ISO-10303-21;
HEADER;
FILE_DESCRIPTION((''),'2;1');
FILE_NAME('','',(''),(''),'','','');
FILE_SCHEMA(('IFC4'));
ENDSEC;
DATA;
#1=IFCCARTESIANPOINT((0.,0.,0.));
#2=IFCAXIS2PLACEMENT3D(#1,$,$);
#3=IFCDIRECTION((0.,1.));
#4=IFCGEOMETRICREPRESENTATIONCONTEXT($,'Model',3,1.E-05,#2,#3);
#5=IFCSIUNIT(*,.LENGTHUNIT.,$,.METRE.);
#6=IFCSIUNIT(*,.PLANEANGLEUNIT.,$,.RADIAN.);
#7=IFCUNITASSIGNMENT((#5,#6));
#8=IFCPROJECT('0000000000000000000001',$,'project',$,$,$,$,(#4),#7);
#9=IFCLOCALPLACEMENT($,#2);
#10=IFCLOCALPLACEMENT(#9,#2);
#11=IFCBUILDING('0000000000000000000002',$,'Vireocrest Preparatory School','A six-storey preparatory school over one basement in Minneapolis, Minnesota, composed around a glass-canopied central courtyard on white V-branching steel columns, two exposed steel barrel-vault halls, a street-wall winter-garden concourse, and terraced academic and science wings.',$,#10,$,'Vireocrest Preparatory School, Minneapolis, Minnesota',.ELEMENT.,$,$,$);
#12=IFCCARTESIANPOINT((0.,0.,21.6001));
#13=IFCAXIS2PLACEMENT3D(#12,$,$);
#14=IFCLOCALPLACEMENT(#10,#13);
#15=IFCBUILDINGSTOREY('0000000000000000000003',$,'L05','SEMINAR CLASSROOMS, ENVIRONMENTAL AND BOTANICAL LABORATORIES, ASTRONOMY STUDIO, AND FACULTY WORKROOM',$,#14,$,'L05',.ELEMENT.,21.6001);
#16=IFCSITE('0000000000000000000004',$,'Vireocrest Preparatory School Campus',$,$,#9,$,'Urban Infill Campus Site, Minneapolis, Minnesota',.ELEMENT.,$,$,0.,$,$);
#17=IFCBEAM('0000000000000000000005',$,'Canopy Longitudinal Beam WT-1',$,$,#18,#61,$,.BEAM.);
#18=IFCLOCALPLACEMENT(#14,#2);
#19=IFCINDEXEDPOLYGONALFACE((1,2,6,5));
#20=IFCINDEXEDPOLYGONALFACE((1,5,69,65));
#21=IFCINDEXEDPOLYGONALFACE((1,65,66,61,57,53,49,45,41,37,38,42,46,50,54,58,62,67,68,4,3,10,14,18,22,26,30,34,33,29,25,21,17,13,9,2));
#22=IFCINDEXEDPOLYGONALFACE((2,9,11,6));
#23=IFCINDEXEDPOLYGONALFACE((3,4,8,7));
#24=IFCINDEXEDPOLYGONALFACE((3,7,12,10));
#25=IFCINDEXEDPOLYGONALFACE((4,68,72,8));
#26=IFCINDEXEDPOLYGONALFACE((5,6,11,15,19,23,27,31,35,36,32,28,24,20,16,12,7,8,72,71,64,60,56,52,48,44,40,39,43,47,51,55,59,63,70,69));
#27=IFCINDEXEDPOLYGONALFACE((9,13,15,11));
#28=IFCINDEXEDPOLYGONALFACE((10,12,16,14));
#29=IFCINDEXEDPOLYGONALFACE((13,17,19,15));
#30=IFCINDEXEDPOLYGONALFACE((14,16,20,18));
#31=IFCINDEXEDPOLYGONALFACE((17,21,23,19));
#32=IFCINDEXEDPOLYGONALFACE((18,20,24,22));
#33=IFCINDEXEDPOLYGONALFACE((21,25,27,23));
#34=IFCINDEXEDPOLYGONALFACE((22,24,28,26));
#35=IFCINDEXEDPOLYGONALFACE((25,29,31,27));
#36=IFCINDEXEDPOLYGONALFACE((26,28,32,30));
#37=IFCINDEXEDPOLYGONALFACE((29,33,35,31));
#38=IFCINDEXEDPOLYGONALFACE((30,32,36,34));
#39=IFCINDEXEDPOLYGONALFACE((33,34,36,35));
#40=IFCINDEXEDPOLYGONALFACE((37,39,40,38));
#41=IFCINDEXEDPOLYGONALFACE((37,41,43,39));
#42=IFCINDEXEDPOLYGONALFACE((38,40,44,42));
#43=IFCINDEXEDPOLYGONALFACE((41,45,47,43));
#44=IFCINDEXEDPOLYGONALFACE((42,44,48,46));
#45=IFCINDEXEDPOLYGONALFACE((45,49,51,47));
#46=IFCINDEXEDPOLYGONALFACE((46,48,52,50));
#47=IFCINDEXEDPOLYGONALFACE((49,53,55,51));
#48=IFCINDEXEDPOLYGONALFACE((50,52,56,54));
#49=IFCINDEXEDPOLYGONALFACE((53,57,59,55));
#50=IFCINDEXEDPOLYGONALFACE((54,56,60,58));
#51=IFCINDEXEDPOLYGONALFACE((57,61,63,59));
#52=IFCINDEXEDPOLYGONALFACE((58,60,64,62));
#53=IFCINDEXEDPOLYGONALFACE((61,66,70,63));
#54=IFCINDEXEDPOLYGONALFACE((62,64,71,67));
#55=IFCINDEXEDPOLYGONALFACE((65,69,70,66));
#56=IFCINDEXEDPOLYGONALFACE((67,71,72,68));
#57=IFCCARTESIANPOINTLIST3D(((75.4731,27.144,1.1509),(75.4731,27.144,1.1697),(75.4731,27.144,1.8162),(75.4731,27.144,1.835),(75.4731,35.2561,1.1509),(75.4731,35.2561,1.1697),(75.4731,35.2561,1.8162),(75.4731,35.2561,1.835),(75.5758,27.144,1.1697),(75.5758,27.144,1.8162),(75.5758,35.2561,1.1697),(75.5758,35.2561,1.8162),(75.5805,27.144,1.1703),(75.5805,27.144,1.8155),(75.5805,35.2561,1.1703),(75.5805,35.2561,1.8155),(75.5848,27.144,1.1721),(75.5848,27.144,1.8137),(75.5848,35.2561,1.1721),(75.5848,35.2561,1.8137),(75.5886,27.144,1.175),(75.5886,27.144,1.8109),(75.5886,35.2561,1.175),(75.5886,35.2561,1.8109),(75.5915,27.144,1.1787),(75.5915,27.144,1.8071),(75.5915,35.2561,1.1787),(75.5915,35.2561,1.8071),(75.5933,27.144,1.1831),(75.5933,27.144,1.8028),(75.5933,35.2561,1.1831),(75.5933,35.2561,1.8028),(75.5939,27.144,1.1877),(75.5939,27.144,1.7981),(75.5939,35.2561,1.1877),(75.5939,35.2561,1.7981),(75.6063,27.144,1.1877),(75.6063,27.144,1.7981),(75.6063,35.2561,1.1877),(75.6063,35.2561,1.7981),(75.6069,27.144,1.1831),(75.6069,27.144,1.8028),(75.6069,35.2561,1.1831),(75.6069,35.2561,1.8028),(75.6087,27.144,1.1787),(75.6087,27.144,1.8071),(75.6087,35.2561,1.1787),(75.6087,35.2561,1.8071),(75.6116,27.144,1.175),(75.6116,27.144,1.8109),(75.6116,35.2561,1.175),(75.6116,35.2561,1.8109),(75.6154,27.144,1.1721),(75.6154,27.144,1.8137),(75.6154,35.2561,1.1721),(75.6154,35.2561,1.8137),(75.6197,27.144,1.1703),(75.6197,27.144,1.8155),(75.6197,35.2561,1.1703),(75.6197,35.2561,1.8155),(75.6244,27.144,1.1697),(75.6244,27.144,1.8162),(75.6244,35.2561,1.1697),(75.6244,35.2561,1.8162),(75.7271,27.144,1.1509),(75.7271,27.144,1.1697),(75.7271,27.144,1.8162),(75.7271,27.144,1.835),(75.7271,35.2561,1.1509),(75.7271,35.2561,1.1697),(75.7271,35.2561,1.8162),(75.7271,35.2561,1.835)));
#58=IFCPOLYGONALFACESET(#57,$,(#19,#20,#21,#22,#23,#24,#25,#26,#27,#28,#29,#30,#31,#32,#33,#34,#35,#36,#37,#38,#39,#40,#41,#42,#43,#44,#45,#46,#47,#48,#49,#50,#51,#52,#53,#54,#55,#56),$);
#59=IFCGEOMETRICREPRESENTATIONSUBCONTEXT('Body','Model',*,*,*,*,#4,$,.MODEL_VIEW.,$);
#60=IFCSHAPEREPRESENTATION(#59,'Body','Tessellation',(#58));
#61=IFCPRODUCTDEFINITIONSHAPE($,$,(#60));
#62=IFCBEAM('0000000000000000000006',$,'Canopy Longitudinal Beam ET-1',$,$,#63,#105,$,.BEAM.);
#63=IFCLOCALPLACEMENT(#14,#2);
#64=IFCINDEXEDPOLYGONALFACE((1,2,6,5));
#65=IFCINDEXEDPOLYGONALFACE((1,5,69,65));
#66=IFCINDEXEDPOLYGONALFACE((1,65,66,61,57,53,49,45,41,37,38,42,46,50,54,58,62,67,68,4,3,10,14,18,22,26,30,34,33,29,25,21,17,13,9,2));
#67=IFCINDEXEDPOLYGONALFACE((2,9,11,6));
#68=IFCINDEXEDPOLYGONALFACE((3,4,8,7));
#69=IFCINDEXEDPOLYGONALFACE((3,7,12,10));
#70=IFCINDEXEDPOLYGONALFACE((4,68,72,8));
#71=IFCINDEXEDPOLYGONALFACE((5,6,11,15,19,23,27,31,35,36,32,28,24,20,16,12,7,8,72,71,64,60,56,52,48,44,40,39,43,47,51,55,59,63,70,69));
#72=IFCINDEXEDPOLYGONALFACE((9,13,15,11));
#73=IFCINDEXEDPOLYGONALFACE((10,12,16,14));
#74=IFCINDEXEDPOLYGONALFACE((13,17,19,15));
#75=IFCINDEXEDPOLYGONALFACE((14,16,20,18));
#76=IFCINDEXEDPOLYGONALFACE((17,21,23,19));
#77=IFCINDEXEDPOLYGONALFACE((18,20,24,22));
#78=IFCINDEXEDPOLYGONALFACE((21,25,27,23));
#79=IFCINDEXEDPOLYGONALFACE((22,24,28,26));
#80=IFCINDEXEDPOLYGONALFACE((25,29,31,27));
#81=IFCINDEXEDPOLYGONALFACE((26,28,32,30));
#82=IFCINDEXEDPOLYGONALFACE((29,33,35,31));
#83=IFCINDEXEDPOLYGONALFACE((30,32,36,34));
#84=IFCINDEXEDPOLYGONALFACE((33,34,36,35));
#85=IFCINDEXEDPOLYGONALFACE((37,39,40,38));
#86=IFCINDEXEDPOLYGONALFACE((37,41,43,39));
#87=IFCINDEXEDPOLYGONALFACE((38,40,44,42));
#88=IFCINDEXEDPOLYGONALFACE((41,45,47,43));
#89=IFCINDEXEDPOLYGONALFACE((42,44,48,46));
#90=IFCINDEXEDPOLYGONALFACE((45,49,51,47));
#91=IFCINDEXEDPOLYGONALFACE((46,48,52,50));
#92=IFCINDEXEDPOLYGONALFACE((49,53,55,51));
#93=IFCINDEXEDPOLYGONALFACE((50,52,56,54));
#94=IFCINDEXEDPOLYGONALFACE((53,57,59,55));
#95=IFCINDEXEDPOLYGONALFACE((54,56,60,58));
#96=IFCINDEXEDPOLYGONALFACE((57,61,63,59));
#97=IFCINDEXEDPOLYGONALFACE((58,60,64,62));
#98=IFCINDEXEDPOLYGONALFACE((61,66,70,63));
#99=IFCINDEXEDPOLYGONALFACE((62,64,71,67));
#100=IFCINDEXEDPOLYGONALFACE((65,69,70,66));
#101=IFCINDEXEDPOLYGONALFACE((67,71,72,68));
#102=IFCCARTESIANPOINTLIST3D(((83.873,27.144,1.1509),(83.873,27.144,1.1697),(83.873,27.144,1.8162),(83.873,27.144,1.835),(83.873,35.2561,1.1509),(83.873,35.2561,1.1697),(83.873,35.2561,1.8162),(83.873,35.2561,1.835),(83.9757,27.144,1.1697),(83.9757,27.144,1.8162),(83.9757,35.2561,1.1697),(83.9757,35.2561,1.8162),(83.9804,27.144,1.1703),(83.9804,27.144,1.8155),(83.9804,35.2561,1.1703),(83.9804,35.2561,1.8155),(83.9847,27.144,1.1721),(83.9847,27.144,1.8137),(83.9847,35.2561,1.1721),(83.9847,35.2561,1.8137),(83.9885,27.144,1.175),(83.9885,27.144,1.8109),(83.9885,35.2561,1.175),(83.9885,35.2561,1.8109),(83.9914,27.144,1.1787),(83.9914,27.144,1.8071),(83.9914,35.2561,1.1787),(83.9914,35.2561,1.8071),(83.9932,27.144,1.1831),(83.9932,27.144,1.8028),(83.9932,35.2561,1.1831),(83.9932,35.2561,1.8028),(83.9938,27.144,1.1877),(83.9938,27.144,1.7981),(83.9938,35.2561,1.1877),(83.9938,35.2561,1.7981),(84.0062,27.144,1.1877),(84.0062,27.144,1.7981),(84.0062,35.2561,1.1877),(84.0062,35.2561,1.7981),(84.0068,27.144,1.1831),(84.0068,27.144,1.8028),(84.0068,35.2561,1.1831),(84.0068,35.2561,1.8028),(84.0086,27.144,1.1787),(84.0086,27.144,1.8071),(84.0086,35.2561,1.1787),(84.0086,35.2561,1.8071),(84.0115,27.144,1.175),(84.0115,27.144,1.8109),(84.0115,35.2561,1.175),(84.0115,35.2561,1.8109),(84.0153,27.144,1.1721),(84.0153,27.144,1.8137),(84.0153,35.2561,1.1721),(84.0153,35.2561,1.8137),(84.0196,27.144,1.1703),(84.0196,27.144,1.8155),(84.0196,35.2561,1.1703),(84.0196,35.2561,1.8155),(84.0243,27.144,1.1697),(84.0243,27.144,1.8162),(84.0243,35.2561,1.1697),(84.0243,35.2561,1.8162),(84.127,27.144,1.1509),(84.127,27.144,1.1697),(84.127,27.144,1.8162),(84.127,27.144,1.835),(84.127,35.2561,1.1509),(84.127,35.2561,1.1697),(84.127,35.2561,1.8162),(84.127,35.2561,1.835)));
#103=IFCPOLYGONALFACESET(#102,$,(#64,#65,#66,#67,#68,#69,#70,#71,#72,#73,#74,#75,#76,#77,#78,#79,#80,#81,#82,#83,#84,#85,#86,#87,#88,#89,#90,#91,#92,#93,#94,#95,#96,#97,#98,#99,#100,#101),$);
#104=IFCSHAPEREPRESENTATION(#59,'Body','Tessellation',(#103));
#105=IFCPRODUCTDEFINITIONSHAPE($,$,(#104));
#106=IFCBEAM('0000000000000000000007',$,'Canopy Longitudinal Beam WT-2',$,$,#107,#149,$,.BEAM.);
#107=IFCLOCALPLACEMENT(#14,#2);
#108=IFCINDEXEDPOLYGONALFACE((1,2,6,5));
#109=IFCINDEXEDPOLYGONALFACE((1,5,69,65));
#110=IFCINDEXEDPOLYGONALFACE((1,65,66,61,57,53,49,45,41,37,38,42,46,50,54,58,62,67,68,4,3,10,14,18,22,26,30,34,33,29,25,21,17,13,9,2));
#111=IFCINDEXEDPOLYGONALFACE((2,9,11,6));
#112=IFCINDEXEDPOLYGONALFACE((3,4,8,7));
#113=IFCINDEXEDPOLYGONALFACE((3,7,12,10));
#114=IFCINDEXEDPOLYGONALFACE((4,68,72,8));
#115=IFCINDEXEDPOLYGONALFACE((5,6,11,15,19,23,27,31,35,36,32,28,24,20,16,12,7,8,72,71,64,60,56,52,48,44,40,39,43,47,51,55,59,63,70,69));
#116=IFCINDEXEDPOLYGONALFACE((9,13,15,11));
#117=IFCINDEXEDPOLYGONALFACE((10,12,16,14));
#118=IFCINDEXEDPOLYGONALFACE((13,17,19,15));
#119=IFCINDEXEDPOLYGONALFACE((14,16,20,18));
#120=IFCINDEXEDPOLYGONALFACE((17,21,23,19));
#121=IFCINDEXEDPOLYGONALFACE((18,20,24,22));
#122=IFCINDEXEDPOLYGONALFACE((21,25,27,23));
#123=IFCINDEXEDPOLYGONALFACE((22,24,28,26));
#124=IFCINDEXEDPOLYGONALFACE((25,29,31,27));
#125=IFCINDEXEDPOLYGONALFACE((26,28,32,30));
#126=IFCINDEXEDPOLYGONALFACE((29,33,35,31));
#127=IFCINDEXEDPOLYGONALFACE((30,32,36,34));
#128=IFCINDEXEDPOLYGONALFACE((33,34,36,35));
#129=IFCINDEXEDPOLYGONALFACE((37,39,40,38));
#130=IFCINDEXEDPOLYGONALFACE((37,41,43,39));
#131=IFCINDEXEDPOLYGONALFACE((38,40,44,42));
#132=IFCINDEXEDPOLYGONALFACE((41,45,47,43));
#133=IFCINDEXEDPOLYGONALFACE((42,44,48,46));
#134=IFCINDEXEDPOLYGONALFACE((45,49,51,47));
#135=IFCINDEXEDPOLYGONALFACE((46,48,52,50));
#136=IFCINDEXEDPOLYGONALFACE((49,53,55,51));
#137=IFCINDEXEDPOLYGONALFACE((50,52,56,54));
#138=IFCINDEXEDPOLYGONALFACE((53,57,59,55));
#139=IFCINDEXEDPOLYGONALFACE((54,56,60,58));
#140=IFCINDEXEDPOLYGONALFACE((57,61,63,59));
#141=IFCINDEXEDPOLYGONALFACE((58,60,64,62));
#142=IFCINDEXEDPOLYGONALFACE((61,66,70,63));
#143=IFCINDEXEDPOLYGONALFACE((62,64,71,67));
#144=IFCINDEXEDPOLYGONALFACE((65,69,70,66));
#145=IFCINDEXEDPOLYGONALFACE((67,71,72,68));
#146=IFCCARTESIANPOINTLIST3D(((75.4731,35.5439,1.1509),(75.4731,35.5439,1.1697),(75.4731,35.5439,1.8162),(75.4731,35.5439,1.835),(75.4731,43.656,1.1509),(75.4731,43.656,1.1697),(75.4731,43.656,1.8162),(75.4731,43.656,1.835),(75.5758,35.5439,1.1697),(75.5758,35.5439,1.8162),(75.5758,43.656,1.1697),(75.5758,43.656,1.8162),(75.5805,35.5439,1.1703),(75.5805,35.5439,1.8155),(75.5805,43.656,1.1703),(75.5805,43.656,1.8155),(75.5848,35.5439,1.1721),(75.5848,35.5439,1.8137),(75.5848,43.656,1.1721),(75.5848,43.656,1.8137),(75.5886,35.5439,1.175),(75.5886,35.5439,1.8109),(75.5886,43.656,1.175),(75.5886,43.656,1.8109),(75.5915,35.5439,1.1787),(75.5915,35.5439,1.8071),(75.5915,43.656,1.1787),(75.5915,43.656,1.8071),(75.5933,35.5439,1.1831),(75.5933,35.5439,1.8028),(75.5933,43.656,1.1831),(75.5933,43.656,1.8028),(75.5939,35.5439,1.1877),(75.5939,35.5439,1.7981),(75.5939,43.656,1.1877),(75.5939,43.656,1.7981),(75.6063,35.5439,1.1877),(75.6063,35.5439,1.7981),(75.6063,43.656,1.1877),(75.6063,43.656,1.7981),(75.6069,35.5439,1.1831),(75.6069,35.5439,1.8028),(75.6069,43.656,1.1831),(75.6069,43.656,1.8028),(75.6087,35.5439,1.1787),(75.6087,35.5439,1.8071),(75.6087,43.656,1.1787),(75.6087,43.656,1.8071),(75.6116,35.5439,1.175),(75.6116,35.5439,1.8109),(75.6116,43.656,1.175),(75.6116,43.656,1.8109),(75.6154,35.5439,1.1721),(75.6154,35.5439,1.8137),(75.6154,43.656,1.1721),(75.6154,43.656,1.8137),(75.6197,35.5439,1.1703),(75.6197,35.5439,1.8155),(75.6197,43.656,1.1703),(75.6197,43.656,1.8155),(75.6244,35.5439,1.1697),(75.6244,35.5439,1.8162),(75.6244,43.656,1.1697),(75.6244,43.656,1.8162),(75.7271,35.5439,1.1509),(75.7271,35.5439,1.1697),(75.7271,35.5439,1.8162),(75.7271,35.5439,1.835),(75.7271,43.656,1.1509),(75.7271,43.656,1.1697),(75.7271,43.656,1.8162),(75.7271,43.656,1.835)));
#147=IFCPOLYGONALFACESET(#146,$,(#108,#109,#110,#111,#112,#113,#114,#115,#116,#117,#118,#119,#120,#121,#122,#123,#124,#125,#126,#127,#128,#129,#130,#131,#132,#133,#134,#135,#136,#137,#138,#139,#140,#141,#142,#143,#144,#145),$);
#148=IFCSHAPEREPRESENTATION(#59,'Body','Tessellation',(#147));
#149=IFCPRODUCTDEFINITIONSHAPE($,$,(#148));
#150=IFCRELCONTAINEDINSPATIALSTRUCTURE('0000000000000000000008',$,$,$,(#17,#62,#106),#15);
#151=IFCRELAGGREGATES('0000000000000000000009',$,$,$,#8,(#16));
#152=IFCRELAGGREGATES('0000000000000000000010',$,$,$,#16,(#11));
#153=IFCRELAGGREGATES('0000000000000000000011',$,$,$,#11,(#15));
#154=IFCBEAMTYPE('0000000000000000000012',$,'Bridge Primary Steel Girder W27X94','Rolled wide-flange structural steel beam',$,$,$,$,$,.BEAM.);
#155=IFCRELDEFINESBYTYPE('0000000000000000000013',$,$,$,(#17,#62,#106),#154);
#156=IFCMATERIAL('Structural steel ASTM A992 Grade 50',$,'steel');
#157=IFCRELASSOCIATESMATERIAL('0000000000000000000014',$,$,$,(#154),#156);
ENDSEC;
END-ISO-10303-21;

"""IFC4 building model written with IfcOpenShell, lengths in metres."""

from ifc_helpers import new_model, si_unit, direction, frame, origin, origin_2d, place, context, subcontext, project, spatial, i_section, extrude, material, material_profile, profile_set, type_object, element, save


model = new_model("IFC4")

# Units and contexts
model_context = context("Model", 3, precision=1e-05, world=origin(), true_north=direction((0.0, 1.0)))
body_context = subcontext(model_context, "Body", "Model", "MODEL_VIEW")
ifc_project = project(units=[si_unit("LENGTHUNIT", "METRE"), si_unit("PLANEANGLEUNIT", "RADIAN")], contexts=[model_context])

# Site, building, storey
site_placement = place(None, origin())
site = spatial("IfcSite", under=ifc_project, at=site_placement, Name="Vireocrest Preparatory School Campus", LongName="Urban Infill Campus Site, Minneapolis, Minnesota", CompositionType="ELEMENT", RefElevation=0.0)
building_placement = place(site_placement, origin())
building = spatial("IfcBuilding", under=site, at=building_placement, Name="Vireocrest Preparatory School", Description="A six-storey preparatory school over one basement in Minneapolis, Minnesota, composed around a glass-canopied central courtyard on white V-branching steel columns, two exposed steel barrel-vault halls, a street-wall winter-garden concourse, and terraced academic and science wings.", LongName="Vireocrest Preparatory School, Minneapolis, Minnesota", CompositionType="ELEMENT")
storey_placement = place(building_placement, frame((0.0, 0.0, 21.6001)))
storey = spatial("IfcBuildingStorey", under=building, at=storey_placement, Name="L05", Description="SEMINAR CLASSROOMS, ENVIRONMENTAL AND BOTANICAL LABORATORIES, ASTRONOMY STUDIO, AND FACULTY WORKROOM", LongName="L05", CompositionType="ELEMENT", Elevation=21.6001)

# Beams
ifc_material_1 = material(Name="Structural steel ASTM A992 Grade 50", Category="steel")
ifc_material_profile_1 = material_profile(ifc_material_1, i_section(OverallWidth=0.2539, OverallDepth=0.6841, WebThickness=0.0125, FlangeThickness=0.0188, FilletRadius=0.0181, at=origin_2d()), Name="W27X94")
ifc_profile_set_1 = profile_set([ifc_material_profile_1], Name="Structural steel ASTM A992 Grade 50")
beam_type_1 = type_object("IfcBeamType", Name="Bridge Primary Steel Girder W27X94", Description="Rolled wide-flange structural steel beam", PredefinedType="BEAM", material=ifc_profile_set_1)
for number, where, z_axis, x_axis, name in (
    (1, (75.6001, 27.144, 1.4929), (0.0, 1.0, 0.0), (-1.0, 0.0, 0.0), "Canopy Longitudinal Beam WT-1"),
    (2, (84.0, 27.144, 1.4929), (0.0, 1.0, 0.0), (-1.0, 0.0, 0.0), "Canopy Longitudinal Beam ET-1"),
    (3, (75.6001, 35.5439, 1.4929), (0.0, 1.0, 0.0), (-1.0, 0.0, 0.0), "Canopy Longitudinal Beam WT-2"),
):
    element("IfcBeam", number, at=place(storey_placement, frame(where, z_axis=z_axis, x_axis=x_axis)), inside=storey, type_object=beam_type_1, Name=name, PredefinedType="BEAM", context=body_context, shape_type="SweptSolid", body=[
        extrude(i_section(OverallWidth=0.2539, OverallDepth=0.6841, WebThickness=0.0125, FlangeThickness=0.0188, FilletRadius=0.0181, at=origin_2d()), origin(), (0.0, 0.0, 1.0), 8.1121),
    ])

save(model, "model.ifc")
